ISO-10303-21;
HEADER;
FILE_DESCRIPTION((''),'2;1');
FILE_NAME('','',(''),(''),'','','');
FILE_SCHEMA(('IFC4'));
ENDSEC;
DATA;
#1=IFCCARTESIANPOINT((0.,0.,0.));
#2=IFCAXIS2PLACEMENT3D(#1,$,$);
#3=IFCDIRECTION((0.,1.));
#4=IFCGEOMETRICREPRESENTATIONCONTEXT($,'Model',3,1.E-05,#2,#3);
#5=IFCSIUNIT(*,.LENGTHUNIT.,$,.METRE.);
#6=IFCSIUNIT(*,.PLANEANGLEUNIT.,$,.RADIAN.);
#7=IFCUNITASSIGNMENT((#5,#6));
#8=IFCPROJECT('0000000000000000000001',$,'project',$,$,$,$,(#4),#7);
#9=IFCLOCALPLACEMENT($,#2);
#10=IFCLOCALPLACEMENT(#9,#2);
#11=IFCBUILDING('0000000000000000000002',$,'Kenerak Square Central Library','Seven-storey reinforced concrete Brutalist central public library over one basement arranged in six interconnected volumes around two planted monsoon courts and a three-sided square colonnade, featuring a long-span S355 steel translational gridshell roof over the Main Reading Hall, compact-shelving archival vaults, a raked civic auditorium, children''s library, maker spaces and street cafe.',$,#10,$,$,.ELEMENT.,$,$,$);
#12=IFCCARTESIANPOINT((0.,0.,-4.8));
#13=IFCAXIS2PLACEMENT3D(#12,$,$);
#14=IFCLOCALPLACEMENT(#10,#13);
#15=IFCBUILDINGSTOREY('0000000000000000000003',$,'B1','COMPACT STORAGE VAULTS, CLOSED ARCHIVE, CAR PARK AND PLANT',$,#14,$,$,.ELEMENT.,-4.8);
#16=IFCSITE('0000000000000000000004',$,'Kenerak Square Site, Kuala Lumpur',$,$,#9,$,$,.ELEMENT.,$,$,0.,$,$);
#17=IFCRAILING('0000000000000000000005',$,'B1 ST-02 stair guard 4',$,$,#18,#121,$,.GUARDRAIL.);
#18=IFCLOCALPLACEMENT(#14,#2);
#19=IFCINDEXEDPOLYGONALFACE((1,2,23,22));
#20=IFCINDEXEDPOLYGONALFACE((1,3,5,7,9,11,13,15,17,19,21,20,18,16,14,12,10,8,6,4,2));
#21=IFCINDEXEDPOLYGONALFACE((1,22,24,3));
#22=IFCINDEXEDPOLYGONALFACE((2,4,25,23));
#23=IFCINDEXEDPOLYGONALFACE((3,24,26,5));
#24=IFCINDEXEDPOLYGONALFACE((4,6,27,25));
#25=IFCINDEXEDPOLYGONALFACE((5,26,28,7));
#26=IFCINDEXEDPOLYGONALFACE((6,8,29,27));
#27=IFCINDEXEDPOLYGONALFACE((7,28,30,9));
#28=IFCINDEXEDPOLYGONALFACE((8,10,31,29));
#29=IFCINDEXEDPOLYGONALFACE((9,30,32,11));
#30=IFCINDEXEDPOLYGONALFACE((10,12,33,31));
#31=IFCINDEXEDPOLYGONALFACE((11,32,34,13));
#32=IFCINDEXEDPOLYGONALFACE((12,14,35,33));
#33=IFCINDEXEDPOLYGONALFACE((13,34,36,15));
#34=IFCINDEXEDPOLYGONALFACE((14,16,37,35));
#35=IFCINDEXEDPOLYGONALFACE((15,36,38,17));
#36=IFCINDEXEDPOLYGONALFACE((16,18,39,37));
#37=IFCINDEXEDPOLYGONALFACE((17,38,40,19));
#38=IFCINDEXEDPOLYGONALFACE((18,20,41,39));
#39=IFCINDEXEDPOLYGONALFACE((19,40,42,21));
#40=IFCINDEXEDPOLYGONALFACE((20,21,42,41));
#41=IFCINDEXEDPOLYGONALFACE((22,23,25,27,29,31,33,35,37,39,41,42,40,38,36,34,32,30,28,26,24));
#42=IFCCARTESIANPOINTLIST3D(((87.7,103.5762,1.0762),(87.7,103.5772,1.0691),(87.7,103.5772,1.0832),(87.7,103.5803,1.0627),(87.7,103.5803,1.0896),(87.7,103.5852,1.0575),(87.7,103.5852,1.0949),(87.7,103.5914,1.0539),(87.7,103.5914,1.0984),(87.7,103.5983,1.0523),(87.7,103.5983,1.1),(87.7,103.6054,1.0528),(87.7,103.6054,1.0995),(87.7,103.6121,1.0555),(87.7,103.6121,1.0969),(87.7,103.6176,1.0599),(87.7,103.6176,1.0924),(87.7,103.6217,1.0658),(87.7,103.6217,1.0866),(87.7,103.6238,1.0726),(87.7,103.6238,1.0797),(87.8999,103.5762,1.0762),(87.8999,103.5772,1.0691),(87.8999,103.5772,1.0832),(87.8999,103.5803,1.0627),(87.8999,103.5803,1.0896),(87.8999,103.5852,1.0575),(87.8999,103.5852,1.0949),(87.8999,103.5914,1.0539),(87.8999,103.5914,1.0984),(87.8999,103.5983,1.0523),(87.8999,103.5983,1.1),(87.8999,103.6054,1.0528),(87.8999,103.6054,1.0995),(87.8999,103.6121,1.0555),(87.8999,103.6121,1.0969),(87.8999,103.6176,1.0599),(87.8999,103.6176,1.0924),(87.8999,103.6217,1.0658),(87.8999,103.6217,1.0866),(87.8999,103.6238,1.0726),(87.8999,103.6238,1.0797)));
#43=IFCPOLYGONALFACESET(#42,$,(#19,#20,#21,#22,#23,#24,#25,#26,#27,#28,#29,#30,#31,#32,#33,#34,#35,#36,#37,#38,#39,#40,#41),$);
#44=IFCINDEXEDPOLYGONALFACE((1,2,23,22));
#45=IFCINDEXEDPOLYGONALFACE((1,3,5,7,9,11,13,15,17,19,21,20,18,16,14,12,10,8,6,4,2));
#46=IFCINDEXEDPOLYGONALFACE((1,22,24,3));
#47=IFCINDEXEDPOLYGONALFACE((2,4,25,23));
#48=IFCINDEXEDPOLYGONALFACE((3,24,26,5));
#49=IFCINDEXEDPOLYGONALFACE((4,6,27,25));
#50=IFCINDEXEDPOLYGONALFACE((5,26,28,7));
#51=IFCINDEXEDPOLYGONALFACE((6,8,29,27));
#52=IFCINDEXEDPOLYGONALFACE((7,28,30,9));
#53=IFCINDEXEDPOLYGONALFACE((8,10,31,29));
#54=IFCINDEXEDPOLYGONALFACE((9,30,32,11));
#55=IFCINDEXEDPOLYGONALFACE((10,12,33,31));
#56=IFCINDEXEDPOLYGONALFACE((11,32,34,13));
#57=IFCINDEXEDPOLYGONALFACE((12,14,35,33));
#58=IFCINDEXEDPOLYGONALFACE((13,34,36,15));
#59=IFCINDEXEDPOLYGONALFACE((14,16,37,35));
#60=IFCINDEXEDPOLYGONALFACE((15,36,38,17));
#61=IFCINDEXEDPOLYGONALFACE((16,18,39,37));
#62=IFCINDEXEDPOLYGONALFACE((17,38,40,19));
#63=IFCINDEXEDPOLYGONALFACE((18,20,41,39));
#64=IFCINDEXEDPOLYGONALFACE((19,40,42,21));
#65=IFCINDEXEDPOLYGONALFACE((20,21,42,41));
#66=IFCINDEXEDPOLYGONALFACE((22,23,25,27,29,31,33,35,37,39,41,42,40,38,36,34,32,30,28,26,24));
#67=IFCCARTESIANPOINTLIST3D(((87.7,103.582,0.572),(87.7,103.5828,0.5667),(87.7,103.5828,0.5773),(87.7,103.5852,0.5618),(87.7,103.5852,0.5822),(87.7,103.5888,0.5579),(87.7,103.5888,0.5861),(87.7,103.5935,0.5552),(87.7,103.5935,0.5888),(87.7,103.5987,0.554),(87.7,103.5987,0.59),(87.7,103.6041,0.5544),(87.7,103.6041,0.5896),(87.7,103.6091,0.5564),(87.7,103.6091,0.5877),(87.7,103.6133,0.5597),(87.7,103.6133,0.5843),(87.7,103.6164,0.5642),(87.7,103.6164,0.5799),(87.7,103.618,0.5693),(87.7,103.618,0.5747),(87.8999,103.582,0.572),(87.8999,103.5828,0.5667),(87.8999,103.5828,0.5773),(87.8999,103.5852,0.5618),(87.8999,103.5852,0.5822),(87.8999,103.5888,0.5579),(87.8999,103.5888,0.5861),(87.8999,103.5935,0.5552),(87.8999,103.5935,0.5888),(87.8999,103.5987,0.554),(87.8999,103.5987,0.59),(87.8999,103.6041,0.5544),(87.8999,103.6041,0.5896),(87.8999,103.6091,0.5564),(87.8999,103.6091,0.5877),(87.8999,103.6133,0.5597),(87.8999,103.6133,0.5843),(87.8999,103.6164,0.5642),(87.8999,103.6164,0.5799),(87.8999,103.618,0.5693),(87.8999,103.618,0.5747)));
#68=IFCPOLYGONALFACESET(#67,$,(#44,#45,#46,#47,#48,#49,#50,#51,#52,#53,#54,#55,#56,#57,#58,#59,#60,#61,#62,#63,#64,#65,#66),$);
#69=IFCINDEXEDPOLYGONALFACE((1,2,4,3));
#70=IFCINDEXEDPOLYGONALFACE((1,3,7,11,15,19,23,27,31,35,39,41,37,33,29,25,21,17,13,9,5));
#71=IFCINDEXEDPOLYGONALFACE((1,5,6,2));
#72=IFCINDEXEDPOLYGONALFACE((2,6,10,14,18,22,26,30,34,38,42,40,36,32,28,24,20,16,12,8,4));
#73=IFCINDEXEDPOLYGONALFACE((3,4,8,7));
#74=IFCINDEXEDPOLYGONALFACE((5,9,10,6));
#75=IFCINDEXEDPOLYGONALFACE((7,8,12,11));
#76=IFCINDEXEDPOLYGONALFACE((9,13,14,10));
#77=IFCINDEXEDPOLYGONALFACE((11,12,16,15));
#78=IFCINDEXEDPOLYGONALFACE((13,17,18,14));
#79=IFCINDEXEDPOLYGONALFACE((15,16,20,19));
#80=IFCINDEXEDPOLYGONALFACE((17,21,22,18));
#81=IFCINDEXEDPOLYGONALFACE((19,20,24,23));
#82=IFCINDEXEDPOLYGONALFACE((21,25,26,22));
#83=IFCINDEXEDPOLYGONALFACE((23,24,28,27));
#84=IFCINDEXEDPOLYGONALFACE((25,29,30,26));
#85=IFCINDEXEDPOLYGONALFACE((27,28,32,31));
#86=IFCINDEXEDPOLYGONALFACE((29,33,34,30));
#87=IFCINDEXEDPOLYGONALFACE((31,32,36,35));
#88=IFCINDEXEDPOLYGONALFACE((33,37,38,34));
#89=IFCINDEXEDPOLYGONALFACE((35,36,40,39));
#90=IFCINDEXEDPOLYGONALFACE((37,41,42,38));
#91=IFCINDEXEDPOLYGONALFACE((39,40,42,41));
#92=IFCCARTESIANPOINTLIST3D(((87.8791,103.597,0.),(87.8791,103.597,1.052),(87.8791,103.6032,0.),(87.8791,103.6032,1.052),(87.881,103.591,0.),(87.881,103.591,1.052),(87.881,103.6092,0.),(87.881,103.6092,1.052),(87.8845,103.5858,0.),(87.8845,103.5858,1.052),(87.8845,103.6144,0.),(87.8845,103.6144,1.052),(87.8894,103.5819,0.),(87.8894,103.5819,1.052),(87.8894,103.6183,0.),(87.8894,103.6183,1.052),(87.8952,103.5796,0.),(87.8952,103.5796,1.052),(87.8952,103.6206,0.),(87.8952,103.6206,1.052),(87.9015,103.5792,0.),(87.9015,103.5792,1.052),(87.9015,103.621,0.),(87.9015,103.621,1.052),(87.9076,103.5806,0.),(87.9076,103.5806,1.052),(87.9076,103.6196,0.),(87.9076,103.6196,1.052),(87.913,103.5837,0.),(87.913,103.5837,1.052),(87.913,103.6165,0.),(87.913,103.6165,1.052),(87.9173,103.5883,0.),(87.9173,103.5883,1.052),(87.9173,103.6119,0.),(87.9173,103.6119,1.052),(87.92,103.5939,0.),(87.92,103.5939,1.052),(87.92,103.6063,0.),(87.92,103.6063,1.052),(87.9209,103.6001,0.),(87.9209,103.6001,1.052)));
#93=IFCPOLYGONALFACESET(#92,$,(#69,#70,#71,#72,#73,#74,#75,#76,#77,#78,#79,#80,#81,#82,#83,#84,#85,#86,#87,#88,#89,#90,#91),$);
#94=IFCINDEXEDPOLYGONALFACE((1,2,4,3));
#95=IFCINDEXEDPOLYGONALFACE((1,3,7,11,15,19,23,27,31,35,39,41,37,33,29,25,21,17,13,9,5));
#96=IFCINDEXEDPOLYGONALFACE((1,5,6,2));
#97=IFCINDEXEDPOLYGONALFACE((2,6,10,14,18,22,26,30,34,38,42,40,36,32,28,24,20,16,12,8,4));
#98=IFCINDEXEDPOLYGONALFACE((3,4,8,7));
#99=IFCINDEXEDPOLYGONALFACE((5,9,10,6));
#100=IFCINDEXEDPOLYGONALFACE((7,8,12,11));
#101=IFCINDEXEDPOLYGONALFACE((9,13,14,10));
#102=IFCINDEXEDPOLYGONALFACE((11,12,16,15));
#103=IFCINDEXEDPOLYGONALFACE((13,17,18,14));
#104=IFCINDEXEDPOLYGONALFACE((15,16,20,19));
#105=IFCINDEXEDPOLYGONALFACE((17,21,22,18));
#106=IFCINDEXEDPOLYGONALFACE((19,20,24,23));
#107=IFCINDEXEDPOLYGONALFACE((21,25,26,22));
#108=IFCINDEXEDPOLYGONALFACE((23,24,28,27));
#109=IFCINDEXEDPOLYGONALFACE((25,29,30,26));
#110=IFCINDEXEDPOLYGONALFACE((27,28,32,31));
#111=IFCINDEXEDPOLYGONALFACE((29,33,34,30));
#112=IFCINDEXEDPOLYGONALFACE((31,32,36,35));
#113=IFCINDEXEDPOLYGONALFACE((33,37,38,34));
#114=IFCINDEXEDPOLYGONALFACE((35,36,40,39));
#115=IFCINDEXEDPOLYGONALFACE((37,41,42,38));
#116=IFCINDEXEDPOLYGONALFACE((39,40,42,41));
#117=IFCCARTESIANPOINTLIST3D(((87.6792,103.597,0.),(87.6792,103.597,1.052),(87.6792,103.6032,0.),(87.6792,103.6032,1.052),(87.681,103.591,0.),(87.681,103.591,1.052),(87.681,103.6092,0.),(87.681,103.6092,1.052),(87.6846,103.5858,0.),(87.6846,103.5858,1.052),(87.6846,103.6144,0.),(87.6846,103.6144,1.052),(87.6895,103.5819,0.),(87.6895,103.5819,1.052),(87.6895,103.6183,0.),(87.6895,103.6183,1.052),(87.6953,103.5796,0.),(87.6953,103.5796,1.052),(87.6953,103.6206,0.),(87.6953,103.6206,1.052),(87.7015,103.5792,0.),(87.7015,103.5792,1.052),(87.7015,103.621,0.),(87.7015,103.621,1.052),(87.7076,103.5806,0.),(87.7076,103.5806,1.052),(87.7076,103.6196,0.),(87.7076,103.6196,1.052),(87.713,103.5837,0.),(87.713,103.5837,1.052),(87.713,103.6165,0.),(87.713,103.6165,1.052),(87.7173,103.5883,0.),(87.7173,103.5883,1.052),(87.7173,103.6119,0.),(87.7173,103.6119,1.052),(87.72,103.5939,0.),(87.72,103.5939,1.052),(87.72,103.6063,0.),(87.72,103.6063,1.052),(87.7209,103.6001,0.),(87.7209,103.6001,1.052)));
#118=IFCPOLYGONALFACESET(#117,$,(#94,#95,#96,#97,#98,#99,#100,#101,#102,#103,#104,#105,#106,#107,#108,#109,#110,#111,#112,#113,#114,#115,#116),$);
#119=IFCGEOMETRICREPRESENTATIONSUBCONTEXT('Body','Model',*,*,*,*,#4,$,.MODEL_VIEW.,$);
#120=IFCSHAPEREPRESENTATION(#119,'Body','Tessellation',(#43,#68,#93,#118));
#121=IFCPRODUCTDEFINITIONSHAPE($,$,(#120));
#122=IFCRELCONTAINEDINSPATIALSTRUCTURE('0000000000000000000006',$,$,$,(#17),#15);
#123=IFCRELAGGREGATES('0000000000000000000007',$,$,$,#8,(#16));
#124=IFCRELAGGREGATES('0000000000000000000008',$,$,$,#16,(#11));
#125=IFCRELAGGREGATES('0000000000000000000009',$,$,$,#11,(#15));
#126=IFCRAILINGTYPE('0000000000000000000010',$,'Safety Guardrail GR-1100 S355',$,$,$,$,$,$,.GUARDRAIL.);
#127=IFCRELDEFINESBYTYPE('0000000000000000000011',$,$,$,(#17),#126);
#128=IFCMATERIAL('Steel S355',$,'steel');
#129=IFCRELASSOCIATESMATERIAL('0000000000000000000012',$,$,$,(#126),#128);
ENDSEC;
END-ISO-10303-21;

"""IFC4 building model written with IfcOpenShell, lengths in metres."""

from ifc_helpers import new_model, si_unit, direction, frame, origin, origin_2d, place, context, subcontext, project, spatial, circle, extrude, material, type_object, element, save


model = new_model("IFC4")

# Units and contexts
model_context = context("Model", 3, precision=1e-05, world=origin(), true_north=direction((0.0, 1.0)))
body_context = subcontext(model_context, "Body", "Model", "MODEL_VIEW")
ifc_project = project(units=[si_unit("LENGTHUNIT", "METRE"), si_unit("PLANEANGLEUNIT", "RADIAN")], contexts=[model_context])

# Site, building, storey
site_placement = place(None, origin())
site = spatial("IfcSite", under=ifc_project, at=site_placement, Name="Kenerak Square Site, Kuala Lumpur", CompositionType="ELEMENT", RefElevation=0.0)
building_placement = place(site_placement, origin())
building = spatial("IfcBuilding", under=site, at=building_placement, Name="Kenerak Square Central Library", Description="Seven-storey reinforced concrete Brutalist central public library over one basement arranged in six interconnected volumes around two planted monsoon courts and a three-sided square colonnade, featuring a long-span S355 steel translational gridshell roof over the Main Reading Hall, compact-shelving archival vaults, a raked civic auditorium, children's library, maker spaces and street cafe.", CompositionType="ELEMENT")
storey_placement = place(building_placement, frame((0.0, 0.0, -4.8)))
storey = spatial("IfcBuildingStorey", under=building, at=storey_placement, Name="B1", Description="COMPACT STORAGE VAULTS, CLOSED ARCHIVE, CAR PARK AND PLANT", CompositionType="ELEMENT", Elevation=-4.8)

# Shared definitions
ifc_material_1 = material(Name="Steel S355", Category="steel")

# Railing
railing_type_1 = type_object("IfcRailingType", Name="Safety Guardrail GR-1100 S355", PredefinedType="GUARDRAIL", material=ifc_material_1)
railing_1_placement = place(storey_placement, frame((87.8999, 103.6001, 0.0)))
element("IfcRailing", 1, at=railing_1_placement, inside=storey, type_object=railing_type_1, Name="B1 ST-02 stair guard 4", PredefinedType="GUARDRAIL", context=body_context, shape_type="SweptSolid", body=[
    extrude(circle(Radius=0.0239, at=origin_2d()), frame((0.0, 0.0, 1.0762), z_axis=(-1.0, 0.0, 0.0), x_axis=(0.0, -1.0, 0.0)), (0.0, 0.0, 1.0), 0.2),
    extrude(circle(Radius=0.0181, at=origin_2d()), frame((0.0, 0.0, 0.572), z_axis=(-1.0, 0.0, 0.0), x_axis=(0.0, -1.0, 0.0)), (0.0, 0.0, 1.0), 0.2),
    extrude(circle(Radius=0.021, at=origin_2d()), origin(), (0.0, 0.0, 1.0), 1.052),
    extrude(circle(Radius=0.021, at=origin_2d()), frame((-0.2, 0.0, 0.0)), (0.0, 0.0, 1.0), 1.052),
])

save(model, "model.ifc")
